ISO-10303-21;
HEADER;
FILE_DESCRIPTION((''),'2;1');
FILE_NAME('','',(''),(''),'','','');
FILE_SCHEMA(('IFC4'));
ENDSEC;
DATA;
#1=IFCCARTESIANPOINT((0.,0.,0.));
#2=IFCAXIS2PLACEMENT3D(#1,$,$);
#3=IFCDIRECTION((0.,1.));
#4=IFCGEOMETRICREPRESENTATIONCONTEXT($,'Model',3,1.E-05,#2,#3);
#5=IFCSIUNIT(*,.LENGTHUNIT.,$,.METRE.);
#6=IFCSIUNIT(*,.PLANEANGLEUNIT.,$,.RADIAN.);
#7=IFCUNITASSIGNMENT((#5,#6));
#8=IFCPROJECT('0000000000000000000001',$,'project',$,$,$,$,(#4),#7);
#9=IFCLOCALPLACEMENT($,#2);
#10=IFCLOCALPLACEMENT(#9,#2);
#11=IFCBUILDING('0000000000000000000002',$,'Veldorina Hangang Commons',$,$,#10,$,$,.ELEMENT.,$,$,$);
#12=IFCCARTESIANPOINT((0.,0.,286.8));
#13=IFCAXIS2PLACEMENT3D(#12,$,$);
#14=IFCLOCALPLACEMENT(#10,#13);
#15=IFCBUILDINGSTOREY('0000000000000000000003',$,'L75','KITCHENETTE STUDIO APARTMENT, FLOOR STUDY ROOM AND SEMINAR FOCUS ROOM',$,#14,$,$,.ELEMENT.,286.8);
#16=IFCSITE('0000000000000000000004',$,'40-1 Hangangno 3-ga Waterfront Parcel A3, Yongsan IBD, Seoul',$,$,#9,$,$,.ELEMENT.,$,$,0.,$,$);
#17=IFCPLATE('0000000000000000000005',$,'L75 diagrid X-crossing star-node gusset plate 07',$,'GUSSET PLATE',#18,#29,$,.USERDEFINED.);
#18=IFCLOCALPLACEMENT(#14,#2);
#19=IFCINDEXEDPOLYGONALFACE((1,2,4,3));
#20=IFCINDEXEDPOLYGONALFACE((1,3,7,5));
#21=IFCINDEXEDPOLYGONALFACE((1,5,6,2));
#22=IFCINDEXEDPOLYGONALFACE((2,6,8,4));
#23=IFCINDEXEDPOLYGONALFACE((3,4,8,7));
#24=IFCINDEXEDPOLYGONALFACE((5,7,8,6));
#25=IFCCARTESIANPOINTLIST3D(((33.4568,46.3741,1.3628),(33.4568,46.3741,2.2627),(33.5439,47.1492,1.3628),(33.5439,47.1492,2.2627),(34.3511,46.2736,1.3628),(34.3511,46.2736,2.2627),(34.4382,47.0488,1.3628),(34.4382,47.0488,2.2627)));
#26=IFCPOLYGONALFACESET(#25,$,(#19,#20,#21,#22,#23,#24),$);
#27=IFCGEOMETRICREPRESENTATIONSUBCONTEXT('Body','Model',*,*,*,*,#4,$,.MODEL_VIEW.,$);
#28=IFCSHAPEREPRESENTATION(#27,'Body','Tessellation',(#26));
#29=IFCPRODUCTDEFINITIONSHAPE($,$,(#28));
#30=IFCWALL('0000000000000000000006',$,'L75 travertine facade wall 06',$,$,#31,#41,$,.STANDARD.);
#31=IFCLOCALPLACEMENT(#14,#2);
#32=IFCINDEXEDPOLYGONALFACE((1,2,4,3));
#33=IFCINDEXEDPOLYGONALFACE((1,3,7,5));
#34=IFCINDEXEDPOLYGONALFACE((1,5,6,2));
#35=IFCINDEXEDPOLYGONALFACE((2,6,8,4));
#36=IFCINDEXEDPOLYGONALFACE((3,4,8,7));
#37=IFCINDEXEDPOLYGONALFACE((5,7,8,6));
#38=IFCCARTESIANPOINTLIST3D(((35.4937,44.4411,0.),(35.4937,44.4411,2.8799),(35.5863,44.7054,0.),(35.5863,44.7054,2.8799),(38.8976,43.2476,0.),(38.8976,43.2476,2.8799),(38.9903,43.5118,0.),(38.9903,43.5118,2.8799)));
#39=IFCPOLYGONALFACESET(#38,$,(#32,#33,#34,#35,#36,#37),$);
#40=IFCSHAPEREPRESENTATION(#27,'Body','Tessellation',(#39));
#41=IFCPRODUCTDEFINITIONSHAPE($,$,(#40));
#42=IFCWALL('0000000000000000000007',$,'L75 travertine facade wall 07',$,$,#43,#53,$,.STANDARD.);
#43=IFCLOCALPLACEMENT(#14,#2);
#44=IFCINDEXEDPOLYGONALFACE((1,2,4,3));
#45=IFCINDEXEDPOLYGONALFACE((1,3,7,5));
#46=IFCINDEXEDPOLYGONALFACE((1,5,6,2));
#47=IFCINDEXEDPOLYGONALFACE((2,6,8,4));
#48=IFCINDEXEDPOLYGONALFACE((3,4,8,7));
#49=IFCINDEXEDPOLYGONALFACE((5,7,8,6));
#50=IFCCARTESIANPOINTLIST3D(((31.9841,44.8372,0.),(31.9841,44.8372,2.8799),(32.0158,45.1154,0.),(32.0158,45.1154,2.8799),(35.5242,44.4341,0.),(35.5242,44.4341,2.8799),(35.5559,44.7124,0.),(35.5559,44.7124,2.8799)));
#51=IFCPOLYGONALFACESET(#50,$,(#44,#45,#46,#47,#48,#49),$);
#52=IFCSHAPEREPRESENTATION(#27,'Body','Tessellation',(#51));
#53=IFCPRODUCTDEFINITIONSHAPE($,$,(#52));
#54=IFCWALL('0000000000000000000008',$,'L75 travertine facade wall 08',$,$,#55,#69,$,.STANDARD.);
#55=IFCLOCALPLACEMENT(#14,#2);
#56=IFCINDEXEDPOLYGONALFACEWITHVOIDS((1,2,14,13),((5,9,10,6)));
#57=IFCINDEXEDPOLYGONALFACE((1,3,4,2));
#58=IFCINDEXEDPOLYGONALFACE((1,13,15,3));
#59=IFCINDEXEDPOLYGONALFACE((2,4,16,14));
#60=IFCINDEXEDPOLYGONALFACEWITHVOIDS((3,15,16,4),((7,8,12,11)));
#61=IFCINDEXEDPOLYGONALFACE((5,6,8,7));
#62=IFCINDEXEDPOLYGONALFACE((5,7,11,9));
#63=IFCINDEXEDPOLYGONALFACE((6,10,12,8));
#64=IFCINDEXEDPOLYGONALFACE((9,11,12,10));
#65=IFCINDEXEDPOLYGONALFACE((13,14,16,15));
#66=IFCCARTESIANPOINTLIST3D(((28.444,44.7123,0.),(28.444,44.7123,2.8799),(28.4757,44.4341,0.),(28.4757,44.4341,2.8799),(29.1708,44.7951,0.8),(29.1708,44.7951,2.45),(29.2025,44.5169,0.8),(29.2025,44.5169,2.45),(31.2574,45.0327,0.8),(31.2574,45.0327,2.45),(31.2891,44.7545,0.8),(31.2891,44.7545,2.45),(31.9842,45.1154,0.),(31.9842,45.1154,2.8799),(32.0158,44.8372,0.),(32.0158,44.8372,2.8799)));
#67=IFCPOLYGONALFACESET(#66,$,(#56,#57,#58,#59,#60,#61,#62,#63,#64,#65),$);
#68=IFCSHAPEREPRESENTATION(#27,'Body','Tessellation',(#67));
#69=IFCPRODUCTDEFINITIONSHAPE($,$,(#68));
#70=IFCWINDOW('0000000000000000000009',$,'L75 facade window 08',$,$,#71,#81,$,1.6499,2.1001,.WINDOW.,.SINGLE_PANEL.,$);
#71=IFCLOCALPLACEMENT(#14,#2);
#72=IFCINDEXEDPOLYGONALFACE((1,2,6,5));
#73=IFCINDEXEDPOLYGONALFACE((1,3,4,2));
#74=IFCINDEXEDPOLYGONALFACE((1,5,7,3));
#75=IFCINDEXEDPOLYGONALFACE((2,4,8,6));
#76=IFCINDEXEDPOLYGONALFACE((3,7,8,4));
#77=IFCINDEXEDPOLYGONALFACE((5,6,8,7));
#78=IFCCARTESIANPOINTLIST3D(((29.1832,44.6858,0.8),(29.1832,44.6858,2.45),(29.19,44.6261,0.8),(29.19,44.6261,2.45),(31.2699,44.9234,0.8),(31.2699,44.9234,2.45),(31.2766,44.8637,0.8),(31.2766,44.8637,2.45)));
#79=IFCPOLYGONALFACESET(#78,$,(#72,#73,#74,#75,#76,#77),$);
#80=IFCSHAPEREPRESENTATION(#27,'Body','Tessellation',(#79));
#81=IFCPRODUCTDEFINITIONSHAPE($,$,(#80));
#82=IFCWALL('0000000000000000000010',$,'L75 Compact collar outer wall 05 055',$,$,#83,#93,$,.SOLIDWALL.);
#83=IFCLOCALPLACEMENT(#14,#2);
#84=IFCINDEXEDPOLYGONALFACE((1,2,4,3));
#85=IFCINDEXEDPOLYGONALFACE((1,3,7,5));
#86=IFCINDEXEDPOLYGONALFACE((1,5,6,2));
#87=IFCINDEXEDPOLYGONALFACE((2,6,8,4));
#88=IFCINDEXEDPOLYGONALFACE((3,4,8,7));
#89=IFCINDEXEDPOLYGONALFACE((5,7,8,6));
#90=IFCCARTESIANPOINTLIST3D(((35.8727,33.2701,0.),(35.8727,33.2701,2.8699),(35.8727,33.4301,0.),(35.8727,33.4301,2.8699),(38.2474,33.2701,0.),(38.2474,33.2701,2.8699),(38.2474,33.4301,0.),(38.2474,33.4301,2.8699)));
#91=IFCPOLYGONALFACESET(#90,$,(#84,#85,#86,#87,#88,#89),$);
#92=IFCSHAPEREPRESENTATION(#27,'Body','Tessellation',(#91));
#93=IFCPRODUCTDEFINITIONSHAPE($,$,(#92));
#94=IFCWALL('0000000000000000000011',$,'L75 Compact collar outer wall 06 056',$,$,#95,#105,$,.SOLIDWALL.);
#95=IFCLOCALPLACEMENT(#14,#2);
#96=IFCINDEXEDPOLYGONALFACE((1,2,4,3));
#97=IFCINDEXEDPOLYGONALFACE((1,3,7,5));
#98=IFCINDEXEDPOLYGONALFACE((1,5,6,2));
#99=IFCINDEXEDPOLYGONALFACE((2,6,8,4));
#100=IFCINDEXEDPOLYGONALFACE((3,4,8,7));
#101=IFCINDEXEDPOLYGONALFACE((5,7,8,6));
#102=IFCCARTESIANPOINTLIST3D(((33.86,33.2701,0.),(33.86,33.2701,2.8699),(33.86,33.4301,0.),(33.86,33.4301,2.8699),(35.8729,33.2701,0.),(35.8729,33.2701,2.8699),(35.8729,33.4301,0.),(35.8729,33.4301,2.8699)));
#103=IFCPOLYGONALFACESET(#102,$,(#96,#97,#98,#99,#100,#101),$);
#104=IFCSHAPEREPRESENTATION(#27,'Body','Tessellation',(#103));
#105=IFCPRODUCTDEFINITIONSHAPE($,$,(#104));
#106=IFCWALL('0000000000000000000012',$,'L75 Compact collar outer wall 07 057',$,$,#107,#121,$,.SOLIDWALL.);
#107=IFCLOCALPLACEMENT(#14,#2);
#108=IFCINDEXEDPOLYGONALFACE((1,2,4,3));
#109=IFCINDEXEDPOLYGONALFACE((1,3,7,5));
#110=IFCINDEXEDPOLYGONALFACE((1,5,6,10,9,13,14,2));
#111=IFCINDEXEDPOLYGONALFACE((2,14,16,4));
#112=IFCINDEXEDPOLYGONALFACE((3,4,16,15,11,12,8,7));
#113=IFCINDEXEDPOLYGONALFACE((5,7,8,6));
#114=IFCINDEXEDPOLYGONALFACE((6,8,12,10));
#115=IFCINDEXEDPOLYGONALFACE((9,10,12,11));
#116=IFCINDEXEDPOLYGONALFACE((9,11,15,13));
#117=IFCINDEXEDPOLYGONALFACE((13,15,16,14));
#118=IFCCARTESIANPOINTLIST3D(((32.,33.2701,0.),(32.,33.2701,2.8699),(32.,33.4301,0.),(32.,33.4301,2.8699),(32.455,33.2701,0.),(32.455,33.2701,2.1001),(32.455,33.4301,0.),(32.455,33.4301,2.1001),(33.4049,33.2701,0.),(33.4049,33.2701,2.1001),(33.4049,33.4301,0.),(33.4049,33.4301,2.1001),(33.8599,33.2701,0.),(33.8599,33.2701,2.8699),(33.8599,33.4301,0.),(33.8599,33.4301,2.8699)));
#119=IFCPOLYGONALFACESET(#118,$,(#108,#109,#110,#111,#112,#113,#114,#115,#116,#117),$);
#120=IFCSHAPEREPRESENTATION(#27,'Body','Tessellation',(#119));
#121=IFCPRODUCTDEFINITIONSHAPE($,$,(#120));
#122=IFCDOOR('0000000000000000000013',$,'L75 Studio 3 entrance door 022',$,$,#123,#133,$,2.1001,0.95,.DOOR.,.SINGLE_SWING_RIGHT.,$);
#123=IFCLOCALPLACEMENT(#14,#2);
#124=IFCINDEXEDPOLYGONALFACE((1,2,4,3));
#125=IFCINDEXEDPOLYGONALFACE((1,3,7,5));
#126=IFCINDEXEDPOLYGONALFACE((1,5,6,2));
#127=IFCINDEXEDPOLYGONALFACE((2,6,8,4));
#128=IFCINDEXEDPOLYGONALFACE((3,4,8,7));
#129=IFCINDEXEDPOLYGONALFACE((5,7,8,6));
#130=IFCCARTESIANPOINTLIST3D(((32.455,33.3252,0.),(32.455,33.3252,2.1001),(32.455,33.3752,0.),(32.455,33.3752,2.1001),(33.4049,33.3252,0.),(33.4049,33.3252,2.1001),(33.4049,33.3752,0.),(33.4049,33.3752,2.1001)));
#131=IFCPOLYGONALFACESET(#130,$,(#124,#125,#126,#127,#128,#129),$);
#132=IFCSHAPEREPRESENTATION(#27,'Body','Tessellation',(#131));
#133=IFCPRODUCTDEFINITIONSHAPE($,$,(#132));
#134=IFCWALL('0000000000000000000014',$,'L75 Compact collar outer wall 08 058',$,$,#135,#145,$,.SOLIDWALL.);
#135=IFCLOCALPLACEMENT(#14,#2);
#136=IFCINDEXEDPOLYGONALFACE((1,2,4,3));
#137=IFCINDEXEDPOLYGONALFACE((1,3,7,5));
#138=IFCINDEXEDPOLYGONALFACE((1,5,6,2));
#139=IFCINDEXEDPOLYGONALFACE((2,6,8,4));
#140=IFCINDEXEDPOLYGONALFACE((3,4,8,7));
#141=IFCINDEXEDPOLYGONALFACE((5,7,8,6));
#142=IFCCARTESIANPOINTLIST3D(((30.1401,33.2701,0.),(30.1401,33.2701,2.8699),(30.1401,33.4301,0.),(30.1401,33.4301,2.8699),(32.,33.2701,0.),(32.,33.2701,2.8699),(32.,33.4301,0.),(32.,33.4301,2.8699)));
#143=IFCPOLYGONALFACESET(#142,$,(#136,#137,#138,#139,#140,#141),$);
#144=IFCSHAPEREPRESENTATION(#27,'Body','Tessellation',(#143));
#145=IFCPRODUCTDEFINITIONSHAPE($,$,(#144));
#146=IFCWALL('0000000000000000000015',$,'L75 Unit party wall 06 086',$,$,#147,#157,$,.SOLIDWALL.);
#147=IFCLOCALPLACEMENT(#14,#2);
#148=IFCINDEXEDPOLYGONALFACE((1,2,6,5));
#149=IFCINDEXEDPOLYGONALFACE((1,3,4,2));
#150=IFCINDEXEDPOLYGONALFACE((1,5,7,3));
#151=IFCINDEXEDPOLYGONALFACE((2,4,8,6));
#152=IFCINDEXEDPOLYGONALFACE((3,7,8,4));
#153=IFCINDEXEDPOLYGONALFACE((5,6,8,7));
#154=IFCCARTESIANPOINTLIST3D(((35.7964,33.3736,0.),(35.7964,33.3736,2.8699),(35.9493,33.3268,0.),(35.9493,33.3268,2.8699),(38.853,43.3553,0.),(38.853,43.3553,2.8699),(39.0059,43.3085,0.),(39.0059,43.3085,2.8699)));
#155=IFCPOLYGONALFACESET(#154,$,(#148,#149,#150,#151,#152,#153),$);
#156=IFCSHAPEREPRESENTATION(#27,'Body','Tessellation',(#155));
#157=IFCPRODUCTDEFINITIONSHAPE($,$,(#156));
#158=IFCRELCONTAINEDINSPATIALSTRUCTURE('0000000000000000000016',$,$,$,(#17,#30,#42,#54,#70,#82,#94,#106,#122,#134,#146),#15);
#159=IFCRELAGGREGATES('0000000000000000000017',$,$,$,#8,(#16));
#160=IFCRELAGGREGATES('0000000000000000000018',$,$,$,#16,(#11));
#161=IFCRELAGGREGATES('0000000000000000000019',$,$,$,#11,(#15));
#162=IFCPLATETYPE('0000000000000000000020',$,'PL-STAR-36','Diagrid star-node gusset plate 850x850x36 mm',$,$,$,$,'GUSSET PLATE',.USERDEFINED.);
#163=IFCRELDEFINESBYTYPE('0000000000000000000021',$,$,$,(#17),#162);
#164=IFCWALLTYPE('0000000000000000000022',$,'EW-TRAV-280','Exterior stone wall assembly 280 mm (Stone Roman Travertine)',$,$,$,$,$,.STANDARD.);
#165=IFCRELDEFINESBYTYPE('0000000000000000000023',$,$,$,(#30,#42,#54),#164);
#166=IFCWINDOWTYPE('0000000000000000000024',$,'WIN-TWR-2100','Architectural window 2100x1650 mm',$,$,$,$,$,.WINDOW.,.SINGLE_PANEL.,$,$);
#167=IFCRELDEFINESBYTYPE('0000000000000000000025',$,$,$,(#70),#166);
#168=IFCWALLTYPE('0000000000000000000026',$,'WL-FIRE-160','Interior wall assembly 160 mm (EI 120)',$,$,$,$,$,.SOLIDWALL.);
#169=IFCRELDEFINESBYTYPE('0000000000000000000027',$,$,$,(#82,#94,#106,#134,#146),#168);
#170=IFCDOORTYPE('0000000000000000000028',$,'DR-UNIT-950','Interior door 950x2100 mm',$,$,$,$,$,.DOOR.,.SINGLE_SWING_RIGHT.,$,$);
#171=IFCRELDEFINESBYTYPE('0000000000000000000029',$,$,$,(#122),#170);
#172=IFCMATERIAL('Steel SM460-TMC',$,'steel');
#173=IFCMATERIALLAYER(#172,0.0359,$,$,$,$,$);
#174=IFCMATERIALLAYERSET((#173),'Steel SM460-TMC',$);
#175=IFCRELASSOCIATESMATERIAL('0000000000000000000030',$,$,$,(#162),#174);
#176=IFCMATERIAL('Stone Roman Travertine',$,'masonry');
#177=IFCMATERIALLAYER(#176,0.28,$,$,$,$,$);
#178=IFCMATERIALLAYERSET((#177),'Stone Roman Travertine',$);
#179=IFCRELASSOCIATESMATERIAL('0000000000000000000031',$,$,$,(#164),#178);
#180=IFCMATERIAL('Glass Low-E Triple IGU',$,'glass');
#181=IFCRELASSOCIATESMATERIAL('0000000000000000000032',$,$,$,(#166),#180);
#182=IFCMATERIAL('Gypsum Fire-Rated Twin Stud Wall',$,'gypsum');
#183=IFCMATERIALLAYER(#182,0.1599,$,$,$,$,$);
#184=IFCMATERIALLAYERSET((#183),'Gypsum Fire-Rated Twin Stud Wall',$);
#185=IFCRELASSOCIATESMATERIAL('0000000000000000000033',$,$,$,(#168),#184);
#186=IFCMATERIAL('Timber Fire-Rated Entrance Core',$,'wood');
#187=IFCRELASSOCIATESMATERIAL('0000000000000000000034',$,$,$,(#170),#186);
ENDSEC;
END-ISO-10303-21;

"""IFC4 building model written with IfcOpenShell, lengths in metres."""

from ifc_helpers import new_model, si_unit, direction, frame, frame_2d, origin, origin_2d, place, context, subcontext, project, spatial, rectangle, extrude, material, layer, layer_set, type_object, element, fill, save


model = new_model("IFC4")

# Units and contexts
model_context = context("Model", 3, precision=1e-05, world=origin(), true_north=direction((0.0, 1.0)))
body_context = subcontext(model_context, "Body", "Model", "MODEL_VIEW")
ifc_project = project(units=[si_unit("LENGTHUNIT", "METRE"), si_unit("PLANEANGLEUNIT", "RADIAN")], contexts=[model_context])

# Site, building, storey
site_placement = place(None, origin())
site = spatial("IfcSite", under=ifc_project, at=site_placement, Name="40-1 Hangangno 3-ga Waterfront Parcel A3, Yongsan IBD, Seoul", CompositionType="ELEMENT", RefElevation=0.0)
building_placement = place(site_placement, origin())
building = spatial("IfcBuilding", under=site, at=building_placement, Name="Veldorina Hangang Commons", CompositionType="ELEMENT")
storey_placement = place(building_placement, frame((0.0, 0.0, 286.8)))
storey = spatial("IfcBuildingStorey", under=building, at=storey_placement, Name="L75", Description="KITCHENETTE STUDIO APARTMENT, FLOOR STUDY ROOM AND SEMINAR FOCUS ROOM", CompositionType="ELEMENT", Elevation=286.8)

# Plate
ifc_material_1 = material(Name="Steel SM460-TMC", Category="steel")
ifc_layer_1 = layer(ifc_material_1, 0.0359)
ifc_layer_set_1 = layer_set([ifc_layer_1], Name="Steel SM460-TMC")
plate_type = type_object("IfcPlateType", Name="PL-STAR-36", Description="Diagrid star-node gusset plate 850x850x36 mm", ElementType="GUSSET PLATE", PredefinedType="USERDEFINED", material=ifc_layer_set_1)
plate_1_placement = place(storey_placement, frame((33.9475, 46.7114, 1.3628), z_axis=(0.0, 0.0, 1.0), x_axis=(-0.993748, 0.111642, 0.0)))
element("IfcPlate", 1, at=plate_1_placement, inside=storey, type_object=plate_type, Name="L75 diagrid X-crossing star-node gusset plate 07", ObjectType="GUSSET PLATE", PredefinedType="USERDEFINED", context=body_context, shape_type="SweptSolid", body=[
    extrude(rectangle(XDim=0.8999, YDim=0.78, at=origin_2d()), origin(), (0.0, 0.0, 1.0), 0.8999),
])

# Walls
ifc_material_2 = material(Name="Stone Roman Travertine", Category="masonry")
ifc_layer_2 = layer(ifc_material_2, 0.28)
ifc_layer_set_2 = layer_set([ifc_layer_2], Name="Stone Roman Travertine")
wall_type_1 = type_object("IfcWallType", Name="EW-TRAV-280", Description="Exterior stone wall assembly 280 mm (Stone Roman Travertine)", PredefinedType="STANDARD", material=ifc_layer_set_2)
wall_1_placement = place(storey_placement, frame((38.9441, 43.3796, 0.0), z_axis=(0.0, 0.0, 1.0), x_axis=(-0.943669, 0.33089, 0.0)))
element("IfcWall", 2, at=wall_1_placement, inside=storey, type_object=wall_type_1, Name="L75 travertine facade wall 06", PredefinedType="STANDARD", context=body_context, shape_type="SweptSolid", body=[
    extrude(rectangle(XDim=3.6072, YDim=0.28, at=frame_2d((1.8037, 0.0))), origin(), (0.0, 0.0, 1.0), 2.8799),
])
wall_2_placement = place(storey_placement, frame((35.54, 44.5732, 0.0), z_axis=(0.0, 0.0, 1.0), x_axis=(-0.99358, 0.113131, 0.0)))
element("IfcWall", 3, at=wall_2_placement, inside=storey, type_object=wall_type_1, Name="L75 travertine facade wall 07", PredefinedType="STANDARD", context=body_context, shape_type="SweptSolid", body=[
    extrude(rectangle(XDim=3.563, YDim=0.28, at=frame_2d((1.7815, 0.0))), origin(), (0.0, 0.0, 1.0), 2.8799),
])

# Wall, opening, window
wall_3_placement = place(storey_placement, frame((32.0, 44.9763, 0.0), z_axis=(0.0, 0.0, 1.0), x_axis=(-0.99358, -0.113131, 0.0)))
wall_3 = element("IfcWall", 4, at=wall_3_placement, inside=storey, type_object=wall_type_1, Name="L75 travertine facade wall 08", PredefinedType="STANDARD", context=body_context, shape_type="SweptSolid", body=[
    extrude(rectangle(XDim=3.563, YDim=0.28, at=frame_2d((1.7815, 0.0))), origin(), (0.0, 0.0, 1.0), 2.8799),
])
opening_1_placement = place(wall_3_placement, frame((0.7314, 0.0, 0.8)))
opening_1 = element("IfcOpeningElement", 5, at=opening_1_placement, cuts=wall_3, PredefinedType="OPENING", context=body_context, shape_type="SweptSolid", body=[
    extrude(rectangle(XDim=2.1001, YDim=1.6499, at=frame_2d((1.05, 0.825))), frame((0.0, 0.1499, 0.0), z_axis=(0.0, -1.0, 0.0), x_axis=(1.0, 0.0, 0.0)), (0.0, 0.0, 1.0), 0.3),
])
ifc_material_3 = material(Name="Glass Low-E Triple IGU", Category="glass")
window_type = type_object("IfcWindowType", Name="WIN-TWR-2100", Description="Architectural window 2100x1650 mm", PartitioningType="SINGLE_PANEL", PredefinedType="WINDOW", material=ifc_material_3)
window_placement = place(opening_1_placement, origin())
window = element("IfcWindow", 6, at=window_placement, inside=storey, type_object=window_type, Name="L75 facade window 08", OverallHeight=1.6499, OverallWidth=2.1001, PartitioningType="SINGLE_PANEL", PredefinedType="WINDOW", context=body_context, shape_type="SweptSolid", body=[
    extrude(rectangle(XDim=2.1001, YDim=1.6499, at=frame_2d((1.05, 0.825))), frame((0.0, 0.03, 0.0), z_axis=(0.0, -1.0, 0.0), x_axis=(1.0, 0.0, 0.0)), (0.0, 0.0, 1.0), 0.0601),
])
fill(opening_1, window)

# Walls
ifc_material_4 = material(Name="Gypsum Fire-Rated Twin Stud Wall", Category="gypsum")
ifc_layer_3 = layer(ifc_material_4, 0.1599)
ifc_layer_set_3 = layer_set([ifc_layer_3], Name="Gypsum Fire-Rated Twin Stud Wall")
wall_type_2 = type_object("IfcWallType", Name="WL-FIRE-160", Description="Interior wall assembly 160 mm (EI 120)", PredefinedType="SOLIDWALL", material=ifc_layer_set_3)
wall_4_placement = place(storey_placement, frame((38.2476, 33.3501, 0.0), z_axis=(0.0, 0.0, 1.0), x_axis=(-1.0, 0.0, 0.0)))
element("IfcWall", 7, at=wall_4_placement, inside=storey, type_object=wall_type_2, Name="L75 Compact collar outer wall 05 055", PredefinedType="SOLIDWALL", context=body_context, shape_type="SweptSolid", body=[
    extrude(rectangle(XDim=2.3748, YDim=0.1599, at=frame_2d((1.1875, 0.0))), origin(), (0.0, 0.0, 1.0), 2.8699),
])
wall_5_placement = place(storey_placement, frame((35.8728, 33.3501, 0.0), z_axis=(0.0, 0.0, 1.0), x_axis=(-1.0, 0.0, 0.0)))
element("IfcWall", 8, at=wall_5_placement, inside=storey, type_object=wall_type_2, Name="L75 Compact collar outer wall 06 056", PredefinedType="SOLIDWALL", context=body_context, shape_type="SweptSolid", body=[
    extrude(rectangle(XDim=2.0129, YDim=0.1599, at=frame_2d((1.0063, 0.0))), origin(), (0.0, 0.0, 1.0), 2.8699),
])

# Wall, opening, door
wall_6_placement = place(storey_placement, frame((33.8599, 33.3501, 0.0), z_axis=(0.0, 0.0, 1.0), x_axis=(-1.0, 0.0, 0.0)))
wall_6 = element("IfcWall", 9, at=wall_6_placement, inside=storey, type_object=wall_type_2, Name="L75 Compact collar outer wall 07 057", PredefinedType="SOLIDWALL", context=body_context, shape_type="SweptSolid", body=[
    extrude(rectangle(XDim=1.8599, YDim=0.1599, at=frame_2d((0.9299, 0.0))), origin(), (0.0, 0.0, 1.0), 2.8699),
])
opening_2_placement = place(wall_6_placement, frame((0.4548, 0.0, 0.0)))
opening_2 = element("IfcOpeningElement", 10, at=opening_2_placement, cuts=wall_6, PredefinedType="OPENING", context=body_context, shape_type="SweptSolid", body=[
    extrude(rectangle(XDim=0.95, YDim=2.1001, at=frame_2d((0.4751, 1.05))), frame((0.0, 0.0898, 0.0), z_axis=(0.0, -1.0, 0.0), x_axis=(1.0, 0.0, 0.0)), (0.0, 0.0, 1.0), 0.1799),
])
ifc_material_5 = material(Name="Timber Fire-Rated Entrance Core", Category="wood")
door_type_1 = type_object("IfcDoorType", Name="DR-UNIT-950", Description="Interior door 950x2100 mm", OperationType="SINGLE_SWING_RIGHT", PredefinedType="DOOR", material=ifc_material_5)
door_1_placement = place(opening_2_placement, origin())
door_1 = element("IfcDoor", 11, at=door_1_placement, inside=storey, type_object=door_type_1, Name="L75 Studio 3 entrance door 022", OperationType="SINGLE_SWING_RIGHT", OverallHeight=2.1001, OverallWidth=0.95, PredefinedType="DOOR", context=body_context, shape_type="SweptSolid", body=[
    extrude(rectangle(XDim=0.95, YDim=2.1001, at=frame_2d((0.4751, 1.05))), frame((0.0, 0.0249, 0.0), z_axis=(0.0, -1.0, 0.0), x_axis=(1.0, 0.0, 0.0)), (0.0, 0.0, 1.0), 0.05),
])
fill(opening_2, door_1)

# Walls
wall_7_placement = place(storey_placement, frame((32.0, 33.3501, 0.0), z_axis=(0.0, 0.0, 1.0), x_axis=(-1.0, 0.0, 0.0)))
element("IfcWall", 12, at=wall_7_placement, inside=storey, type_object=wall_type_2, Name="L75 Compact collar outer wall 08 058", PredefinedType="SOLIDWALL", context=body_context, shape_type="SweptSolid", body=[
    extrude(rectangle(XDim=1.8599, YDim=0.1599, at=frame_2d((0.9299, 0.0))), origin(), (0.0, 0.0, 1.0), 2.8699),
])
wall_8_placement = place(storey_placement, frame((35.8728, 33.3501, 0.0), z_axis=(0.0, 0.0, 1.0), x_axis=(0.292804, 0.956173, 0.0)))
element("IfcWall", 13, at=wall_8_placement, inside=storey, type_object=wall_type_2, Name="L75 Unit party wall 06 086", PredefinedType="SOLIDWALL", context=body_context, shape_type="SweptSolid", body=[
    extrude(rectangle(XDim=10.4392, YDim=0.1599, at=frame_2d((5.2197, 0.0))), origin(), (0.0, 0.0, 1.0), 2.8699),
])

save(model, "model.ifc")
